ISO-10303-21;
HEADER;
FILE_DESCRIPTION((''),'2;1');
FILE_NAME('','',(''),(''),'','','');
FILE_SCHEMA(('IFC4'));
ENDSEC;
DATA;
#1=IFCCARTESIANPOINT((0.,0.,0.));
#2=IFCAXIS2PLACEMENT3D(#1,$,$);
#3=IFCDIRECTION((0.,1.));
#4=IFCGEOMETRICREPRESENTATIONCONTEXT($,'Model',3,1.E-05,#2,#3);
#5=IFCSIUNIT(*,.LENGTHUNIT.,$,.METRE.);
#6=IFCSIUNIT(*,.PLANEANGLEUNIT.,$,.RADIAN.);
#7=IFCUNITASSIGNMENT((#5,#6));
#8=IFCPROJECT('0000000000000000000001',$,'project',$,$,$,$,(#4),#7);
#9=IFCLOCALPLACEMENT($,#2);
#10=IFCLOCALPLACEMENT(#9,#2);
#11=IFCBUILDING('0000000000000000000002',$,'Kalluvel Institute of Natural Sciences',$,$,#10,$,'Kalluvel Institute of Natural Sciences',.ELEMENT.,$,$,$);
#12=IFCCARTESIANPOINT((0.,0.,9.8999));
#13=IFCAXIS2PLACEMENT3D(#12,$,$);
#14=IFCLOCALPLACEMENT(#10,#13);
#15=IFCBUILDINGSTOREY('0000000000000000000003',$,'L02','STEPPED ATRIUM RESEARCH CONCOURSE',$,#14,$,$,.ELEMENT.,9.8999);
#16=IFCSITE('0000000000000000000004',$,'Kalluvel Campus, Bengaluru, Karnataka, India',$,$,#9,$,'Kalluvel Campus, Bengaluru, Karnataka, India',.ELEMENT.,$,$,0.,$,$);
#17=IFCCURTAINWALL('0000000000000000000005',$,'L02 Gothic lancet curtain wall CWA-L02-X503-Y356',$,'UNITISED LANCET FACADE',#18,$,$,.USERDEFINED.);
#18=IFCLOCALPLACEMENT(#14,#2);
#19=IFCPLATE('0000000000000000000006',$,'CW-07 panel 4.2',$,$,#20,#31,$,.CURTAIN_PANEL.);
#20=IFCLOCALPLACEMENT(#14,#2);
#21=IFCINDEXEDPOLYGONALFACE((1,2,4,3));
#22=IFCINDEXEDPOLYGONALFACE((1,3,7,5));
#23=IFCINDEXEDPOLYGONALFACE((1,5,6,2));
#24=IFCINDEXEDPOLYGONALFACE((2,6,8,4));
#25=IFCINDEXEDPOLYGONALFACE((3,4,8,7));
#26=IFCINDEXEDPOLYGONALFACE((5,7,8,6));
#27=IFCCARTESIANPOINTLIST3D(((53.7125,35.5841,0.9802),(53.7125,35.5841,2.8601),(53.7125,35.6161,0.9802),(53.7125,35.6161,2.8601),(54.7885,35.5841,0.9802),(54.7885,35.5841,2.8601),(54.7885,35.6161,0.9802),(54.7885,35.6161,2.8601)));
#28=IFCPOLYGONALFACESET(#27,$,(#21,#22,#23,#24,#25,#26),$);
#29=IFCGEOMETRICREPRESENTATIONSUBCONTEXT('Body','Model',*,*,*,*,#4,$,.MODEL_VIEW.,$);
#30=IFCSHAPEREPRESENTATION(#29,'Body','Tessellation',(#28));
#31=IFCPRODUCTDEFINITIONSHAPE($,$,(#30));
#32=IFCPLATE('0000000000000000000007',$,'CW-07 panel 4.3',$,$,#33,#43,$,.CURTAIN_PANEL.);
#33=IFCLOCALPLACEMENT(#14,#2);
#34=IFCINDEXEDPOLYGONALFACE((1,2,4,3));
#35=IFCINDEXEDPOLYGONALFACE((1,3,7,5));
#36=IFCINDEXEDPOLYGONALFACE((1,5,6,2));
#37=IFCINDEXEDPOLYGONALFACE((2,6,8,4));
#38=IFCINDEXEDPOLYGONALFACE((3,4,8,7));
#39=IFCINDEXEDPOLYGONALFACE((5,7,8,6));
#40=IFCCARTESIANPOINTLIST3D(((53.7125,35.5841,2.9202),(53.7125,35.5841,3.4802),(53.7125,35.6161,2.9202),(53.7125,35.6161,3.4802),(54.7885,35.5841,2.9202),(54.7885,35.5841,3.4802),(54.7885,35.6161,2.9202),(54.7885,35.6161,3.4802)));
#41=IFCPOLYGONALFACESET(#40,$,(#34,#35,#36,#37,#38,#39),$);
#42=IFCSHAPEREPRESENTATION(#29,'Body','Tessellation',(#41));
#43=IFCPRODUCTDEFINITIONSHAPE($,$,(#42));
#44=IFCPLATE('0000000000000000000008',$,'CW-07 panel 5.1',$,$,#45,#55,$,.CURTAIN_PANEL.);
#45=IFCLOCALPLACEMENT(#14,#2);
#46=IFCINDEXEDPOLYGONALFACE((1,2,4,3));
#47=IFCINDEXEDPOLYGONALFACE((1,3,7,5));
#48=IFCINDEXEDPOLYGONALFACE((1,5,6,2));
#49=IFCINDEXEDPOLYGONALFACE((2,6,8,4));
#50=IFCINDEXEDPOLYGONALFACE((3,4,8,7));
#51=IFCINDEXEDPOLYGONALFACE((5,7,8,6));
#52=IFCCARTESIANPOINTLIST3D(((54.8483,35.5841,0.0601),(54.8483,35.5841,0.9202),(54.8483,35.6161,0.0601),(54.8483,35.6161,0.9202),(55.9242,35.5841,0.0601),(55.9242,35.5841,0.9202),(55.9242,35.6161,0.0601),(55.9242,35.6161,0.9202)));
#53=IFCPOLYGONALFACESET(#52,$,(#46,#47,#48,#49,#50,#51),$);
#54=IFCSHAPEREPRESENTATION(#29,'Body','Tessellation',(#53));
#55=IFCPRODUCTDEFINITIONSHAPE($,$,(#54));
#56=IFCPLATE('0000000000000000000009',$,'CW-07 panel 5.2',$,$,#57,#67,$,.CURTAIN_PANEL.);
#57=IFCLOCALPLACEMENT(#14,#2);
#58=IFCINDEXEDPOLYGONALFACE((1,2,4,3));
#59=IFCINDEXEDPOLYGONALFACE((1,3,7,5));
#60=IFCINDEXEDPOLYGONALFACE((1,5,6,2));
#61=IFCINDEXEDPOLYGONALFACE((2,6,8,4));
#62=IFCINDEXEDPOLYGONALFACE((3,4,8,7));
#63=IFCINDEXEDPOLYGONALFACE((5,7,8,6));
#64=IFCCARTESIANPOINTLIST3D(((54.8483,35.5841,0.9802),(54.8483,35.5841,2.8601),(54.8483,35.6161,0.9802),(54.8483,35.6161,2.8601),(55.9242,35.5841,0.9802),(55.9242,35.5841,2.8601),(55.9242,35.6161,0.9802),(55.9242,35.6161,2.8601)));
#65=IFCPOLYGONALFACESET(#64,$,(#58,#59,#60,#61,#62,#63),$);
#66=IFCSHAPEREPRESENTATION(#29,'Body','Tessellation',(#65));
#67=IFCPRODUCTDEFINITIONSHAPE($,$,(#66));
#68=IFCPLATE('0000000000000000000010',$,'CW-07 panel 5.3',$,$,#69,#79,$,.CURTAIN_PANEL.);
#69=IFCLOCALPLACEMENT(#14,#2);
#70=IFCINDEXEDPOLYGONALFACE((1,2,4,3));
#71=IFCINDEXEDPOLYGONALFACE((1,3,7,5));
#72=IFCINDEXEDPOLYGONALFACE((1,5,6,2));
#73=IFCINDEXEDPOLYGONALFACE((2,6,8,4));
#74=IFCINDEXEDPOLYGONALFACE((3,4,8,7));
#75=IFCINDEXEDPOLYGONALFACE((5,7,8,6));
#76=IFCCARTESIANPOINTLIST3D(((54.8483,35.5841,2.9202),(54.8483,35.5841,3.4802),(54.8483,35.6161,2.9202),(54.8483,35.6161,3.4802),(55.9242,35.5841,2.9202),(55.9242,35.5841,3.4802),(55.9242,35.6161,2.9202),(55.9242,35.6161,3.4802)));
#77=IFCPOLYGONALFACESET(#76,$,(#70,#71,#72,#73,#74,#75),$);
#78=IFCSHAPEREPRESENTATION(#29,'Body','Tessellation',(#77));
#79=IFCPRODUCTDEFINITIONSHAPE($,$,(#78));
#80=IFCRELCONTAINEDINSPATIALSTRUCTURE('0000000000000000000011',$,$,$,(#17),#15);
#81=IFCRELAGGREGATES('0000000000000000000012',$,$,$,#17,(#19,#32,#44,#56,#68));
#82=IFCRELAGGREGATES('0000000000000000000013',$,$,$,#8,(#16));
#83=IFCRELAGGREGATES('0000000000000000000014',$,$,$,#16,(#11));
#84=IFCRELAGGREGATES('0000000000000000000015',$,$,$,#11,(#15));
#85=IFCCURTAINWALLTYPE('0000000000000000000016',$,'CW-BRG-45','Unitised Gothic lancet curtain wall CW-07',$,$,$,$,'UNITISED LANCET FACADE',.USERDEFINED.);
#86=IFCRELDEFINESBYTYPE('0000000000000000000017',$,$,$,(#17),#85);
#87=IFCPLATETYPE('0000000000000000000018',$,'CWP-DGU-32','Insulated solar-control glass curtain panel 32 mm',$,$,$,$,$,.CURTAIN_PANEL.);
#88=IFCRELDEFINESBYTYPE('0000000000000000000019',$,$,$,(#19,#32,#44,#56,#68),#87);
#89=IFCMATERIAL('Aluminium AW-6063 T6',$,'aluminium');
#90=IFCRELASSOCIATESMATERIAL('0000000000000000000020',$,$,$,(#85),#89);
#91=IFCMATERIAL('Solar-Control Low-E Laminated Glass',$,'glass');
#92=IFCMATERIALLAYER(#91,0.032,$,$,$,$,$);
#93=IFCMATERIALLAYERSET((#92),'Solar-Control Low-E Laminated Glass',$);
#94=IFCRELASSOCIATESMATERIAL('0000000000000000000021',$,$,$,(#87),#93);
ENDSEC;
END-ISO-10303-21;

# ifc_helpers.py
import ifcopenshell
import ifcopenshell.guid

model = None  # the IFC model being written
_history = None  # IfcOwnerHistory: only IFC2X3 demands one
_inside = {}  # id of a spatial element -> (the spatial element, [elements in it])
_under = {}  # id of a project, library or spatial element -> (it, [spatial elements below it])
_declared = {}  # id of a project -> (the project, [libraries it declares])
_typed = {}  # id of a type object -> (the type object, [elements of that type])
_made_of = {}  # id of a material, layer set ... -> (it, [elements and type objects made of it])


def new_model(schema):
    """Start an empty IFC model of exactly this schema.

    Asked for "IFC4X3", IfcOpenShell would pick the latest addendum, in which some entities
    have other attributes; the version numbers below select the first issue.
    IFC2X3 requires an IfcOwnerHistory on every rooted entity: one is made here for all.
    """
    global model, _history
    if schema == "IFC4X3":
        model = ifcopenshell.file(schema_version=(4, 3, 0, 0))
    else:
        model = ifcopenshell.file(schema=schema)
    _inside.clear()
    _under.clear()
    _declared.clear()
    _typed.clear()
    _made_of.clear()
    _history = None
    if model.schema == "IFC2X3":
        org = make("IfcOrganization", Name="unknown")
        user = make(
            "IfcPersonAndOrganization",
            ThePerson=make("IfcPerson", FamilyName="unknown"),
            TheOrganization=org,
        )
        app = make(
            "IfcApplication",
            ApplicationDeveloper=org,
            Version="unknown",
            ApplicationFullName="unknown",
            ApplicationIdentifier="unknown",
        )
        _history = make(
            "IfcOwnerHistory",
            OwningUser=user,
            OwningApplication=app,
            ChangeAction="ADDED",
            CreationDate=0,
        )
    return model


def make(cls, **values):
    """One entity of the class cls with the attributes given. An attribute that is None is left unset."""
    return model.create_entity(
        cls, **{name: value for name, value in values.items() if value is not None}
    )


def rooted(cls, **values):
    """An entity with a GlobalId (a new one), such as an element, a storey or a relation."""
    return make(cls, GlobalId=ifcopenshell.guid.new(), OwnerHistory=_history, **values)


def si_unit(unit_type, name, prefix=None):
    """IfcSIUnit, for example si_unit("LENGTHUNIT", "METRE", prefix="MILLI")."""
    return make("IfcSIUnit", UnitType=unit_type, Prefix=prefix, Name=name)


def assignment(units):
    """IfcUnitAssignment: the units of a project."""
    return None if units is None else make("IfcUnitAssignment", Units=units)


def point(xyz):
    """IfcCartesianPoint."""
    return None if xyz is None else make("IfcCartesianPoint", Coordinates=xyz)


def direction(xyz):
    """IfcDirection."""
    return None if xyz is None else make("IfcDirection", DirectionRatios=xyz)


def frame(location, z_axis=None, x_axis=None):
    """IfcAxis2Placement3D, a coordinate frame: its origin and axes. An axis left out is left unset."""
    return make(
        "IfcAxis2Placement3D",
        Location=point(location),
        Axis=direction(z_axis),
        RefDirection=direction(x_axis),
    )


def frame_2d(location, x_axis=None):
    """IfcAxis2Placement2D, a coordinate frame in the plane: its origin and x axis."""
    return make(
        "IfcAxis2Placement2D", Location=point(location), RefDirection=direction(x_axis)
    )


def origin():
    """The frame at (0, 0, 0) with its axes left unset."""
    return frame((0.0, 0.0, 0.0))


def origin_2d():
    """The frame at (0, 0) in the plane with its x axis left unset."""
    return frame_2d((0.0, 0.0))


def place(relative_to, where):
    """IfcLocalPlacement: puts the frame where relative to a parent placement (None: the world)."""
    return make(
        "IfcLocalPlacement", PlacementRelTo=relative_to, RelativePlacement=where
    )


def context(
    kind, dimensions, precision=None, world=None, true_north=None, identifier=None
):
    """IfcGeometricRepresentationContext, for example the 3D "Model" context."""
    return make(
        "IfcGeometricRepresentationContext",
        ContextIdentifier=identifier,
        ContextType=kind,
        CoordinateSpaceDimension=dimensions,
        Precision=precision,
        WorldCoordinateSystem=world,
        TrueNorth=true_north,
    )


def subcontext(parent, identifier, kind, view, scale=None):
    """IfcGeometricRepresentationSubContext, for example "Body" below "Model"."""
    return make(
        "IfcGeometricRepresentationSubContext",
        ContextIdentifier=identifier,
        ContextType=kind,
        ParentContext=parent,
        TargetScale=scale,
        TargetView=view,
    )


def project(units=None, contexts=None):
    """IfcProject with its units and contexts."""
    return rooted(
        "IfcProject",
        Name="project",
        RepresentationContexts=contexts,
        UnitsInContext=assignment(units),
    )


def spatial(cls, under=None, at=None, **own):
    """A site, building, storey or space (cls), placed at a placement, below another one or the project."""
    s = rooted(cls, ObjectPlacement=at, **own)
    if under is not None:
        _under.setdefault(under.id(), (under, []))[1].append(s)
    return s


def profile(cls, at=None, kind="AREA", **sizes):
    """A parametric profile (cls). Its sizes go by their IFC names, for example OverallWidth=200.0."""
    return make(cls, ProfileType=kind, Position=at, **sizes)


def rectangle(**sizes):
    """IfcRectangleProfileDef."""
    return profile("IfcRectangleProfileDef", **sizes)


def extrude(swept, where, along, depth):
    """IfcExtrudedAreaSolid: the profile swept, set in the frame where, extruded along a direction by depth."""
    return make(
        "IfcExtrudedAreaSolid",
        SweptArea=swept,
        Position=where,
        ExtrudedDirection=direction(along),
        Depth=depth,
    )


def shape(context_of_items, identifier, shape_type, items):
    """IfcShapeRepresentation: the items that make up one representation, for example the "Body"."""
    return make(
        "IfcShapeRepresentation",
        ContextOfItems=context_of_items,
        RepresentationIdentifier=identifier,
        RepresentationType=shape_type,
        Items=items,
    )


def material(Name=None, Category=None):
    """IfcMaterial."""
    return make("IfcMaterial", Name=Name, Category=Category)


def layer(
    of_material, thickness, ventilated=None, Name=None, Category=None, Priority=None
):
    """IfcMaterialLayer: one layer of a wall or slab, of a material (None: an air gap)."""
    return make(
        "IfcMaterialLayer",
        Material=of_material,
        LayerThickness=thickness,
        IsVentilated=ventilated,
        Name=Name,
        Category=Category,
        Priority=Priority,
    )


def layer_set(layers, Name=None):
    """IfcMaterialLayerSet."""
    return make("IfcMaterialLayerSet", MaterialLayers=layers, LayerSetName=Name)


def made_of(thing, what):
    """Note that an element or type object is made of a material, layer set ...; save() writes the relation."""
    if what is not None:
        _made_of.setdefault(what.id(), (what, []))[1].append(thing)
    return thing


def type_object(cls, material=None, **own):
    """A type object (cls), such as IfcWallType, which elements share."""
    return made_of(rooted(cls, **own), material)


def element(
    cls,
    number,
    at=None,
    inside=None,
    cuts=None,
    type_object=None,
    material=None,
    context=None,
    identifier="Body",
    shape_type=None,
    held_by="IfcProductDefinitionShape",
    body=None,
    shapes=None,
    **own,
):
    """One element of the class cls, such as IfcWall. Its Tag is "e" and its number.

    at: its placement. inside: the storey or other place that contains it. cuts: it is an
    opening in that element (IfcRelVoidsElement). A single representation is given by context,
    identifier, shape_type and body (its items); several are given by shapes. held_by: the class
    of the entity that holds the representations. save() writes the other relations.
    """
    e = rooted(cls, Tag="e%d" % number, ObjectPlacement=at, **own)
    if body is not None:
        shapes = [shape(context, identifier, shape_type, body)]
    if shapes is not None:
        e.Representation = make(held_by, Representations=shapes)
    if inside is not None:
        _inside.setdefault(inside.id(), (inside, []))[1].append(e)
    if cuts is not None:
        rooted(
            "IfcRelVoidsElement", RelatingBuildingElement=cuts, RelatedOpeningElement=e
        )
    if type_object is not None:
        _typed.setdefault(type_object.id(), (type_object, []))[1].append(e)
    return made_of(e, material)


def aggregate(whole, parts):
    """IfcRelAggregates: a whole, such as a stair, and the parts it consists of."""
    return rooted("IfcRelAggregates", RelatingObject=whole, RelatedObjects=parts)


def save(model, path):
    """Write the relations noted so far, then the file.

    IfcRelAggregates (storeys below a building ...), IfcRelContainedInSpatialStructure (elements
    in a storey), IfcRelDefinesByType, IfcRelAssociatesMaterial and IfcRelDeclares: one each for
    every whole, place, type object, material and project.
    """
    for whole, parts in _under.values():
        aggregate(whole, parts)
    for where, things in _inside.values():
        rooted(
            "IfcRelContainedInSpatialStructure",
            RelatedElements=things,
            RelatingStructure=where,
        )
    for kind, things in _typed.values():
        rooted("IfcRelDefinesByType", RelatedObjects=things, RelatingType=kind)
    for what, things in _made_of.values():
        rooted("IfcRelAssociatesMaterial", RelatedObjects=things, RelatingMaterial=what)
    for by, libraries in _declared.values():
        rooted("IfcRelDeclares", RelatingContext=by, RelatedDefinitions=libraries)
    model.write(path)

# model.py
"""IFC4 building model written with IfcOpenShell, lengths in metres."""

from ifc_helpers import new_model, si_unit, direction, frame, origin, origin_2d, place, context, subcontext, project, spatial, rectangle, extrude, material, layer, layer_set, type_object, element, aggregate, save


model = new_model("IFC4")

# Units and contexts
model_context = context("Model", 3, precision=1e-05, world=origin(), true_north=direction((0.0, 1.0)))
body_context = subcontext(model_context, "Body", "Model", "MODEL_VIEW")
ifc_project = project(units=[si_unit("LENGTHUNIT", "METRE"), si_unit("PLANEANGLEUNIT", "RADIAN")], contexts=[model_context])

# Site, building, storey
site_placement = place(None, origin())
site = spatial("IfcSite", under=ifc_project, at=site_placement, Name="Kalluvel Campus, Bengaluru, Karnataka, India", LongName="Kalluvel Campus, Bengaluru, Karnataka, India", CompositionType="ELEMENT", RefElevation=0.0)
building_placement = place(site_placement, origin())
building = spatial("IfcBuilding", under=site, at=building_placement, Name="Kalluvel Institute of Natural Sciences", LongName="Kalluvel Institute of Natural Sciences", CompositionType="ELEMENT")
storey_placement = place(building_placement, frame((0.0, 0.0, 9.8999)))
storey = spatial("IfcBuildingStorey", under=building, at=storey_placement, Name="L02", Description="STEPPED ATRIUM RESEARCH CONCOURSE", CompositionType="ELEMENT", Elevation=9.8999)

# Curtain wall
ifc_material_1 = material(Name="Aluminium AW-6063 T6", Category="aluminium")
curtain_wall_type = type_object("IfcCurtainWallType", Name="CW-BRG-45", Description="Unitised Gothic lancet curtain wall CW-07", ElementType="UNITISED LANCET FACADE", PredefinedType="USERDEFINED", material=ifc_material_1)
curtain_wall_placement = place(storey_placement, origin())
curtain_wall = element("IfcCurtainWall", 1, at=curtain_wall_placement, inside=storey, type_object=curtain_wall_type, Name="L02 Gothic lancet curtain wall CWA-L02-X503-Y356", ObjectType="UNITISED LANCET FACADE", PredefinedType="USERDEFINED")

# Plates
ifc_material_2 = material(Name="Solar-Control Low-E Laminated Glass", Category="glass")
ifc_layer = layer(ifc_material_2, 0.032)
ifc_layer_set = layer_set([ifc_layer], Name="Solar-Control Low-E Laminated Glass")
plate_type = type_object("IfcPlateType", Name="CWP-DGU-32", Description="Insulated solar-control glass curtain panel 32 mm", PredefinedType="CURTAIN_PANEL", material=ifc_layer_set)
plate_1_placement = place(storey_placement, frame((54.2505, 35.6001, 0.9802), z_axis=(0.0, 0.0, 1.0), x_axis=(1.0, 0.0, 0.0)))
plate_1 = element("IfcPlate", 2, at=plate_1_placement, type_object=plate_type, Name="CW-07 panel 4.2", PredefinedType="CURTAIN_PANEL", context=body_context, shape_type="SweptSolid", body=[
    extrude(rectangle(XDim=1.0759, YDim=0.032, at=origin_2d()), origin(), (0.0, 0.0, 1.0), 1.8799),
])
plate_2_placement = place(storey_placement, frame((54.2505, 35.6001, 2.9202), z_axis=(0.0, 0.0, 1.0), x_axis=(1.0, 0.0, 0.0)))
plate_2 = element("IfcPlate", 3, at=plate_2_placement, type_object=plate_type, Name="CW-07 panel 4.3", PredefinedType="CURTAIN_PANEL", context=body_context, shape_type="SweptSolid", body=[
    extrude(rectangle(XDim=1.0759, YDim=0.032, at=origin_2d()), origin(), (0.0, 0.0, 1.0), 0.5601),
])
plate_3_placement = place(storey_placement, frame((55.3862, 35.6001, 0.0601), z_axis=(0.0, 0.0, 1.0), x_axis=(1.0, 0.0, 0.0)))
plate_3 = element("IfcPlate", 4, at=plate_3_placement, type_object=plate_type, Name="CW-07 panel 5.1", PredefinedType="CURTAIN_PANEL", context=body_context, shape_type="SweptSolid", body=[
    extrude(rectangle(XDim=1.0759, YDim=0.032, at=origin_2d()), origin(), (0.0, 0.0, 1.0), 0.8601),
])
plate_4_placement = place(storey_placement, frame((55.3862, 35.6001, 0.9802), z_axis=(0.0, 0.0, 1.0), x_axis=(1.0, 0.0, 0.0)))
plate_4 = element("IfcPlate", 5, at=plate_4_placement, type_object=plate_type, Name="CW-07 panel 5.2", PredefinedType="CURTAIN_PANEL", context=body_context, shape_type="SweptSolid", body=[
    extrude(rectangle(XDim=1.0759, YDim=0.032, at=origin_2d()), origin(), (0.0, 0.0, 1.0), 1.8799),
])
plate_5_placement = place(storey_placement, frame((55.3862, 35.6001, 2.9202), z_axis=(0.0, 0.0, 1.0), x_axis=(1.0, 0.0, 0.0)))
plate_5 = element("IfcPlate", 6, at=plate_5_placement, type_object=plate_type, Name="CW-07 panel 5.3", PredefinedType="CURTAIN_PANEL", context=body_context, shape_type="SweptSolid", body=[
    extrude(rectangle(XDim=1.0759, YDim=0.032, at=origin_2d()), origin(), (0.0, 0.0, 1.0), 0.5601),
])
aggregate(curtain_wall, [plate_1, plate_2, plate_3, plate_4, plate_5])

save(model, "model.ifc")
